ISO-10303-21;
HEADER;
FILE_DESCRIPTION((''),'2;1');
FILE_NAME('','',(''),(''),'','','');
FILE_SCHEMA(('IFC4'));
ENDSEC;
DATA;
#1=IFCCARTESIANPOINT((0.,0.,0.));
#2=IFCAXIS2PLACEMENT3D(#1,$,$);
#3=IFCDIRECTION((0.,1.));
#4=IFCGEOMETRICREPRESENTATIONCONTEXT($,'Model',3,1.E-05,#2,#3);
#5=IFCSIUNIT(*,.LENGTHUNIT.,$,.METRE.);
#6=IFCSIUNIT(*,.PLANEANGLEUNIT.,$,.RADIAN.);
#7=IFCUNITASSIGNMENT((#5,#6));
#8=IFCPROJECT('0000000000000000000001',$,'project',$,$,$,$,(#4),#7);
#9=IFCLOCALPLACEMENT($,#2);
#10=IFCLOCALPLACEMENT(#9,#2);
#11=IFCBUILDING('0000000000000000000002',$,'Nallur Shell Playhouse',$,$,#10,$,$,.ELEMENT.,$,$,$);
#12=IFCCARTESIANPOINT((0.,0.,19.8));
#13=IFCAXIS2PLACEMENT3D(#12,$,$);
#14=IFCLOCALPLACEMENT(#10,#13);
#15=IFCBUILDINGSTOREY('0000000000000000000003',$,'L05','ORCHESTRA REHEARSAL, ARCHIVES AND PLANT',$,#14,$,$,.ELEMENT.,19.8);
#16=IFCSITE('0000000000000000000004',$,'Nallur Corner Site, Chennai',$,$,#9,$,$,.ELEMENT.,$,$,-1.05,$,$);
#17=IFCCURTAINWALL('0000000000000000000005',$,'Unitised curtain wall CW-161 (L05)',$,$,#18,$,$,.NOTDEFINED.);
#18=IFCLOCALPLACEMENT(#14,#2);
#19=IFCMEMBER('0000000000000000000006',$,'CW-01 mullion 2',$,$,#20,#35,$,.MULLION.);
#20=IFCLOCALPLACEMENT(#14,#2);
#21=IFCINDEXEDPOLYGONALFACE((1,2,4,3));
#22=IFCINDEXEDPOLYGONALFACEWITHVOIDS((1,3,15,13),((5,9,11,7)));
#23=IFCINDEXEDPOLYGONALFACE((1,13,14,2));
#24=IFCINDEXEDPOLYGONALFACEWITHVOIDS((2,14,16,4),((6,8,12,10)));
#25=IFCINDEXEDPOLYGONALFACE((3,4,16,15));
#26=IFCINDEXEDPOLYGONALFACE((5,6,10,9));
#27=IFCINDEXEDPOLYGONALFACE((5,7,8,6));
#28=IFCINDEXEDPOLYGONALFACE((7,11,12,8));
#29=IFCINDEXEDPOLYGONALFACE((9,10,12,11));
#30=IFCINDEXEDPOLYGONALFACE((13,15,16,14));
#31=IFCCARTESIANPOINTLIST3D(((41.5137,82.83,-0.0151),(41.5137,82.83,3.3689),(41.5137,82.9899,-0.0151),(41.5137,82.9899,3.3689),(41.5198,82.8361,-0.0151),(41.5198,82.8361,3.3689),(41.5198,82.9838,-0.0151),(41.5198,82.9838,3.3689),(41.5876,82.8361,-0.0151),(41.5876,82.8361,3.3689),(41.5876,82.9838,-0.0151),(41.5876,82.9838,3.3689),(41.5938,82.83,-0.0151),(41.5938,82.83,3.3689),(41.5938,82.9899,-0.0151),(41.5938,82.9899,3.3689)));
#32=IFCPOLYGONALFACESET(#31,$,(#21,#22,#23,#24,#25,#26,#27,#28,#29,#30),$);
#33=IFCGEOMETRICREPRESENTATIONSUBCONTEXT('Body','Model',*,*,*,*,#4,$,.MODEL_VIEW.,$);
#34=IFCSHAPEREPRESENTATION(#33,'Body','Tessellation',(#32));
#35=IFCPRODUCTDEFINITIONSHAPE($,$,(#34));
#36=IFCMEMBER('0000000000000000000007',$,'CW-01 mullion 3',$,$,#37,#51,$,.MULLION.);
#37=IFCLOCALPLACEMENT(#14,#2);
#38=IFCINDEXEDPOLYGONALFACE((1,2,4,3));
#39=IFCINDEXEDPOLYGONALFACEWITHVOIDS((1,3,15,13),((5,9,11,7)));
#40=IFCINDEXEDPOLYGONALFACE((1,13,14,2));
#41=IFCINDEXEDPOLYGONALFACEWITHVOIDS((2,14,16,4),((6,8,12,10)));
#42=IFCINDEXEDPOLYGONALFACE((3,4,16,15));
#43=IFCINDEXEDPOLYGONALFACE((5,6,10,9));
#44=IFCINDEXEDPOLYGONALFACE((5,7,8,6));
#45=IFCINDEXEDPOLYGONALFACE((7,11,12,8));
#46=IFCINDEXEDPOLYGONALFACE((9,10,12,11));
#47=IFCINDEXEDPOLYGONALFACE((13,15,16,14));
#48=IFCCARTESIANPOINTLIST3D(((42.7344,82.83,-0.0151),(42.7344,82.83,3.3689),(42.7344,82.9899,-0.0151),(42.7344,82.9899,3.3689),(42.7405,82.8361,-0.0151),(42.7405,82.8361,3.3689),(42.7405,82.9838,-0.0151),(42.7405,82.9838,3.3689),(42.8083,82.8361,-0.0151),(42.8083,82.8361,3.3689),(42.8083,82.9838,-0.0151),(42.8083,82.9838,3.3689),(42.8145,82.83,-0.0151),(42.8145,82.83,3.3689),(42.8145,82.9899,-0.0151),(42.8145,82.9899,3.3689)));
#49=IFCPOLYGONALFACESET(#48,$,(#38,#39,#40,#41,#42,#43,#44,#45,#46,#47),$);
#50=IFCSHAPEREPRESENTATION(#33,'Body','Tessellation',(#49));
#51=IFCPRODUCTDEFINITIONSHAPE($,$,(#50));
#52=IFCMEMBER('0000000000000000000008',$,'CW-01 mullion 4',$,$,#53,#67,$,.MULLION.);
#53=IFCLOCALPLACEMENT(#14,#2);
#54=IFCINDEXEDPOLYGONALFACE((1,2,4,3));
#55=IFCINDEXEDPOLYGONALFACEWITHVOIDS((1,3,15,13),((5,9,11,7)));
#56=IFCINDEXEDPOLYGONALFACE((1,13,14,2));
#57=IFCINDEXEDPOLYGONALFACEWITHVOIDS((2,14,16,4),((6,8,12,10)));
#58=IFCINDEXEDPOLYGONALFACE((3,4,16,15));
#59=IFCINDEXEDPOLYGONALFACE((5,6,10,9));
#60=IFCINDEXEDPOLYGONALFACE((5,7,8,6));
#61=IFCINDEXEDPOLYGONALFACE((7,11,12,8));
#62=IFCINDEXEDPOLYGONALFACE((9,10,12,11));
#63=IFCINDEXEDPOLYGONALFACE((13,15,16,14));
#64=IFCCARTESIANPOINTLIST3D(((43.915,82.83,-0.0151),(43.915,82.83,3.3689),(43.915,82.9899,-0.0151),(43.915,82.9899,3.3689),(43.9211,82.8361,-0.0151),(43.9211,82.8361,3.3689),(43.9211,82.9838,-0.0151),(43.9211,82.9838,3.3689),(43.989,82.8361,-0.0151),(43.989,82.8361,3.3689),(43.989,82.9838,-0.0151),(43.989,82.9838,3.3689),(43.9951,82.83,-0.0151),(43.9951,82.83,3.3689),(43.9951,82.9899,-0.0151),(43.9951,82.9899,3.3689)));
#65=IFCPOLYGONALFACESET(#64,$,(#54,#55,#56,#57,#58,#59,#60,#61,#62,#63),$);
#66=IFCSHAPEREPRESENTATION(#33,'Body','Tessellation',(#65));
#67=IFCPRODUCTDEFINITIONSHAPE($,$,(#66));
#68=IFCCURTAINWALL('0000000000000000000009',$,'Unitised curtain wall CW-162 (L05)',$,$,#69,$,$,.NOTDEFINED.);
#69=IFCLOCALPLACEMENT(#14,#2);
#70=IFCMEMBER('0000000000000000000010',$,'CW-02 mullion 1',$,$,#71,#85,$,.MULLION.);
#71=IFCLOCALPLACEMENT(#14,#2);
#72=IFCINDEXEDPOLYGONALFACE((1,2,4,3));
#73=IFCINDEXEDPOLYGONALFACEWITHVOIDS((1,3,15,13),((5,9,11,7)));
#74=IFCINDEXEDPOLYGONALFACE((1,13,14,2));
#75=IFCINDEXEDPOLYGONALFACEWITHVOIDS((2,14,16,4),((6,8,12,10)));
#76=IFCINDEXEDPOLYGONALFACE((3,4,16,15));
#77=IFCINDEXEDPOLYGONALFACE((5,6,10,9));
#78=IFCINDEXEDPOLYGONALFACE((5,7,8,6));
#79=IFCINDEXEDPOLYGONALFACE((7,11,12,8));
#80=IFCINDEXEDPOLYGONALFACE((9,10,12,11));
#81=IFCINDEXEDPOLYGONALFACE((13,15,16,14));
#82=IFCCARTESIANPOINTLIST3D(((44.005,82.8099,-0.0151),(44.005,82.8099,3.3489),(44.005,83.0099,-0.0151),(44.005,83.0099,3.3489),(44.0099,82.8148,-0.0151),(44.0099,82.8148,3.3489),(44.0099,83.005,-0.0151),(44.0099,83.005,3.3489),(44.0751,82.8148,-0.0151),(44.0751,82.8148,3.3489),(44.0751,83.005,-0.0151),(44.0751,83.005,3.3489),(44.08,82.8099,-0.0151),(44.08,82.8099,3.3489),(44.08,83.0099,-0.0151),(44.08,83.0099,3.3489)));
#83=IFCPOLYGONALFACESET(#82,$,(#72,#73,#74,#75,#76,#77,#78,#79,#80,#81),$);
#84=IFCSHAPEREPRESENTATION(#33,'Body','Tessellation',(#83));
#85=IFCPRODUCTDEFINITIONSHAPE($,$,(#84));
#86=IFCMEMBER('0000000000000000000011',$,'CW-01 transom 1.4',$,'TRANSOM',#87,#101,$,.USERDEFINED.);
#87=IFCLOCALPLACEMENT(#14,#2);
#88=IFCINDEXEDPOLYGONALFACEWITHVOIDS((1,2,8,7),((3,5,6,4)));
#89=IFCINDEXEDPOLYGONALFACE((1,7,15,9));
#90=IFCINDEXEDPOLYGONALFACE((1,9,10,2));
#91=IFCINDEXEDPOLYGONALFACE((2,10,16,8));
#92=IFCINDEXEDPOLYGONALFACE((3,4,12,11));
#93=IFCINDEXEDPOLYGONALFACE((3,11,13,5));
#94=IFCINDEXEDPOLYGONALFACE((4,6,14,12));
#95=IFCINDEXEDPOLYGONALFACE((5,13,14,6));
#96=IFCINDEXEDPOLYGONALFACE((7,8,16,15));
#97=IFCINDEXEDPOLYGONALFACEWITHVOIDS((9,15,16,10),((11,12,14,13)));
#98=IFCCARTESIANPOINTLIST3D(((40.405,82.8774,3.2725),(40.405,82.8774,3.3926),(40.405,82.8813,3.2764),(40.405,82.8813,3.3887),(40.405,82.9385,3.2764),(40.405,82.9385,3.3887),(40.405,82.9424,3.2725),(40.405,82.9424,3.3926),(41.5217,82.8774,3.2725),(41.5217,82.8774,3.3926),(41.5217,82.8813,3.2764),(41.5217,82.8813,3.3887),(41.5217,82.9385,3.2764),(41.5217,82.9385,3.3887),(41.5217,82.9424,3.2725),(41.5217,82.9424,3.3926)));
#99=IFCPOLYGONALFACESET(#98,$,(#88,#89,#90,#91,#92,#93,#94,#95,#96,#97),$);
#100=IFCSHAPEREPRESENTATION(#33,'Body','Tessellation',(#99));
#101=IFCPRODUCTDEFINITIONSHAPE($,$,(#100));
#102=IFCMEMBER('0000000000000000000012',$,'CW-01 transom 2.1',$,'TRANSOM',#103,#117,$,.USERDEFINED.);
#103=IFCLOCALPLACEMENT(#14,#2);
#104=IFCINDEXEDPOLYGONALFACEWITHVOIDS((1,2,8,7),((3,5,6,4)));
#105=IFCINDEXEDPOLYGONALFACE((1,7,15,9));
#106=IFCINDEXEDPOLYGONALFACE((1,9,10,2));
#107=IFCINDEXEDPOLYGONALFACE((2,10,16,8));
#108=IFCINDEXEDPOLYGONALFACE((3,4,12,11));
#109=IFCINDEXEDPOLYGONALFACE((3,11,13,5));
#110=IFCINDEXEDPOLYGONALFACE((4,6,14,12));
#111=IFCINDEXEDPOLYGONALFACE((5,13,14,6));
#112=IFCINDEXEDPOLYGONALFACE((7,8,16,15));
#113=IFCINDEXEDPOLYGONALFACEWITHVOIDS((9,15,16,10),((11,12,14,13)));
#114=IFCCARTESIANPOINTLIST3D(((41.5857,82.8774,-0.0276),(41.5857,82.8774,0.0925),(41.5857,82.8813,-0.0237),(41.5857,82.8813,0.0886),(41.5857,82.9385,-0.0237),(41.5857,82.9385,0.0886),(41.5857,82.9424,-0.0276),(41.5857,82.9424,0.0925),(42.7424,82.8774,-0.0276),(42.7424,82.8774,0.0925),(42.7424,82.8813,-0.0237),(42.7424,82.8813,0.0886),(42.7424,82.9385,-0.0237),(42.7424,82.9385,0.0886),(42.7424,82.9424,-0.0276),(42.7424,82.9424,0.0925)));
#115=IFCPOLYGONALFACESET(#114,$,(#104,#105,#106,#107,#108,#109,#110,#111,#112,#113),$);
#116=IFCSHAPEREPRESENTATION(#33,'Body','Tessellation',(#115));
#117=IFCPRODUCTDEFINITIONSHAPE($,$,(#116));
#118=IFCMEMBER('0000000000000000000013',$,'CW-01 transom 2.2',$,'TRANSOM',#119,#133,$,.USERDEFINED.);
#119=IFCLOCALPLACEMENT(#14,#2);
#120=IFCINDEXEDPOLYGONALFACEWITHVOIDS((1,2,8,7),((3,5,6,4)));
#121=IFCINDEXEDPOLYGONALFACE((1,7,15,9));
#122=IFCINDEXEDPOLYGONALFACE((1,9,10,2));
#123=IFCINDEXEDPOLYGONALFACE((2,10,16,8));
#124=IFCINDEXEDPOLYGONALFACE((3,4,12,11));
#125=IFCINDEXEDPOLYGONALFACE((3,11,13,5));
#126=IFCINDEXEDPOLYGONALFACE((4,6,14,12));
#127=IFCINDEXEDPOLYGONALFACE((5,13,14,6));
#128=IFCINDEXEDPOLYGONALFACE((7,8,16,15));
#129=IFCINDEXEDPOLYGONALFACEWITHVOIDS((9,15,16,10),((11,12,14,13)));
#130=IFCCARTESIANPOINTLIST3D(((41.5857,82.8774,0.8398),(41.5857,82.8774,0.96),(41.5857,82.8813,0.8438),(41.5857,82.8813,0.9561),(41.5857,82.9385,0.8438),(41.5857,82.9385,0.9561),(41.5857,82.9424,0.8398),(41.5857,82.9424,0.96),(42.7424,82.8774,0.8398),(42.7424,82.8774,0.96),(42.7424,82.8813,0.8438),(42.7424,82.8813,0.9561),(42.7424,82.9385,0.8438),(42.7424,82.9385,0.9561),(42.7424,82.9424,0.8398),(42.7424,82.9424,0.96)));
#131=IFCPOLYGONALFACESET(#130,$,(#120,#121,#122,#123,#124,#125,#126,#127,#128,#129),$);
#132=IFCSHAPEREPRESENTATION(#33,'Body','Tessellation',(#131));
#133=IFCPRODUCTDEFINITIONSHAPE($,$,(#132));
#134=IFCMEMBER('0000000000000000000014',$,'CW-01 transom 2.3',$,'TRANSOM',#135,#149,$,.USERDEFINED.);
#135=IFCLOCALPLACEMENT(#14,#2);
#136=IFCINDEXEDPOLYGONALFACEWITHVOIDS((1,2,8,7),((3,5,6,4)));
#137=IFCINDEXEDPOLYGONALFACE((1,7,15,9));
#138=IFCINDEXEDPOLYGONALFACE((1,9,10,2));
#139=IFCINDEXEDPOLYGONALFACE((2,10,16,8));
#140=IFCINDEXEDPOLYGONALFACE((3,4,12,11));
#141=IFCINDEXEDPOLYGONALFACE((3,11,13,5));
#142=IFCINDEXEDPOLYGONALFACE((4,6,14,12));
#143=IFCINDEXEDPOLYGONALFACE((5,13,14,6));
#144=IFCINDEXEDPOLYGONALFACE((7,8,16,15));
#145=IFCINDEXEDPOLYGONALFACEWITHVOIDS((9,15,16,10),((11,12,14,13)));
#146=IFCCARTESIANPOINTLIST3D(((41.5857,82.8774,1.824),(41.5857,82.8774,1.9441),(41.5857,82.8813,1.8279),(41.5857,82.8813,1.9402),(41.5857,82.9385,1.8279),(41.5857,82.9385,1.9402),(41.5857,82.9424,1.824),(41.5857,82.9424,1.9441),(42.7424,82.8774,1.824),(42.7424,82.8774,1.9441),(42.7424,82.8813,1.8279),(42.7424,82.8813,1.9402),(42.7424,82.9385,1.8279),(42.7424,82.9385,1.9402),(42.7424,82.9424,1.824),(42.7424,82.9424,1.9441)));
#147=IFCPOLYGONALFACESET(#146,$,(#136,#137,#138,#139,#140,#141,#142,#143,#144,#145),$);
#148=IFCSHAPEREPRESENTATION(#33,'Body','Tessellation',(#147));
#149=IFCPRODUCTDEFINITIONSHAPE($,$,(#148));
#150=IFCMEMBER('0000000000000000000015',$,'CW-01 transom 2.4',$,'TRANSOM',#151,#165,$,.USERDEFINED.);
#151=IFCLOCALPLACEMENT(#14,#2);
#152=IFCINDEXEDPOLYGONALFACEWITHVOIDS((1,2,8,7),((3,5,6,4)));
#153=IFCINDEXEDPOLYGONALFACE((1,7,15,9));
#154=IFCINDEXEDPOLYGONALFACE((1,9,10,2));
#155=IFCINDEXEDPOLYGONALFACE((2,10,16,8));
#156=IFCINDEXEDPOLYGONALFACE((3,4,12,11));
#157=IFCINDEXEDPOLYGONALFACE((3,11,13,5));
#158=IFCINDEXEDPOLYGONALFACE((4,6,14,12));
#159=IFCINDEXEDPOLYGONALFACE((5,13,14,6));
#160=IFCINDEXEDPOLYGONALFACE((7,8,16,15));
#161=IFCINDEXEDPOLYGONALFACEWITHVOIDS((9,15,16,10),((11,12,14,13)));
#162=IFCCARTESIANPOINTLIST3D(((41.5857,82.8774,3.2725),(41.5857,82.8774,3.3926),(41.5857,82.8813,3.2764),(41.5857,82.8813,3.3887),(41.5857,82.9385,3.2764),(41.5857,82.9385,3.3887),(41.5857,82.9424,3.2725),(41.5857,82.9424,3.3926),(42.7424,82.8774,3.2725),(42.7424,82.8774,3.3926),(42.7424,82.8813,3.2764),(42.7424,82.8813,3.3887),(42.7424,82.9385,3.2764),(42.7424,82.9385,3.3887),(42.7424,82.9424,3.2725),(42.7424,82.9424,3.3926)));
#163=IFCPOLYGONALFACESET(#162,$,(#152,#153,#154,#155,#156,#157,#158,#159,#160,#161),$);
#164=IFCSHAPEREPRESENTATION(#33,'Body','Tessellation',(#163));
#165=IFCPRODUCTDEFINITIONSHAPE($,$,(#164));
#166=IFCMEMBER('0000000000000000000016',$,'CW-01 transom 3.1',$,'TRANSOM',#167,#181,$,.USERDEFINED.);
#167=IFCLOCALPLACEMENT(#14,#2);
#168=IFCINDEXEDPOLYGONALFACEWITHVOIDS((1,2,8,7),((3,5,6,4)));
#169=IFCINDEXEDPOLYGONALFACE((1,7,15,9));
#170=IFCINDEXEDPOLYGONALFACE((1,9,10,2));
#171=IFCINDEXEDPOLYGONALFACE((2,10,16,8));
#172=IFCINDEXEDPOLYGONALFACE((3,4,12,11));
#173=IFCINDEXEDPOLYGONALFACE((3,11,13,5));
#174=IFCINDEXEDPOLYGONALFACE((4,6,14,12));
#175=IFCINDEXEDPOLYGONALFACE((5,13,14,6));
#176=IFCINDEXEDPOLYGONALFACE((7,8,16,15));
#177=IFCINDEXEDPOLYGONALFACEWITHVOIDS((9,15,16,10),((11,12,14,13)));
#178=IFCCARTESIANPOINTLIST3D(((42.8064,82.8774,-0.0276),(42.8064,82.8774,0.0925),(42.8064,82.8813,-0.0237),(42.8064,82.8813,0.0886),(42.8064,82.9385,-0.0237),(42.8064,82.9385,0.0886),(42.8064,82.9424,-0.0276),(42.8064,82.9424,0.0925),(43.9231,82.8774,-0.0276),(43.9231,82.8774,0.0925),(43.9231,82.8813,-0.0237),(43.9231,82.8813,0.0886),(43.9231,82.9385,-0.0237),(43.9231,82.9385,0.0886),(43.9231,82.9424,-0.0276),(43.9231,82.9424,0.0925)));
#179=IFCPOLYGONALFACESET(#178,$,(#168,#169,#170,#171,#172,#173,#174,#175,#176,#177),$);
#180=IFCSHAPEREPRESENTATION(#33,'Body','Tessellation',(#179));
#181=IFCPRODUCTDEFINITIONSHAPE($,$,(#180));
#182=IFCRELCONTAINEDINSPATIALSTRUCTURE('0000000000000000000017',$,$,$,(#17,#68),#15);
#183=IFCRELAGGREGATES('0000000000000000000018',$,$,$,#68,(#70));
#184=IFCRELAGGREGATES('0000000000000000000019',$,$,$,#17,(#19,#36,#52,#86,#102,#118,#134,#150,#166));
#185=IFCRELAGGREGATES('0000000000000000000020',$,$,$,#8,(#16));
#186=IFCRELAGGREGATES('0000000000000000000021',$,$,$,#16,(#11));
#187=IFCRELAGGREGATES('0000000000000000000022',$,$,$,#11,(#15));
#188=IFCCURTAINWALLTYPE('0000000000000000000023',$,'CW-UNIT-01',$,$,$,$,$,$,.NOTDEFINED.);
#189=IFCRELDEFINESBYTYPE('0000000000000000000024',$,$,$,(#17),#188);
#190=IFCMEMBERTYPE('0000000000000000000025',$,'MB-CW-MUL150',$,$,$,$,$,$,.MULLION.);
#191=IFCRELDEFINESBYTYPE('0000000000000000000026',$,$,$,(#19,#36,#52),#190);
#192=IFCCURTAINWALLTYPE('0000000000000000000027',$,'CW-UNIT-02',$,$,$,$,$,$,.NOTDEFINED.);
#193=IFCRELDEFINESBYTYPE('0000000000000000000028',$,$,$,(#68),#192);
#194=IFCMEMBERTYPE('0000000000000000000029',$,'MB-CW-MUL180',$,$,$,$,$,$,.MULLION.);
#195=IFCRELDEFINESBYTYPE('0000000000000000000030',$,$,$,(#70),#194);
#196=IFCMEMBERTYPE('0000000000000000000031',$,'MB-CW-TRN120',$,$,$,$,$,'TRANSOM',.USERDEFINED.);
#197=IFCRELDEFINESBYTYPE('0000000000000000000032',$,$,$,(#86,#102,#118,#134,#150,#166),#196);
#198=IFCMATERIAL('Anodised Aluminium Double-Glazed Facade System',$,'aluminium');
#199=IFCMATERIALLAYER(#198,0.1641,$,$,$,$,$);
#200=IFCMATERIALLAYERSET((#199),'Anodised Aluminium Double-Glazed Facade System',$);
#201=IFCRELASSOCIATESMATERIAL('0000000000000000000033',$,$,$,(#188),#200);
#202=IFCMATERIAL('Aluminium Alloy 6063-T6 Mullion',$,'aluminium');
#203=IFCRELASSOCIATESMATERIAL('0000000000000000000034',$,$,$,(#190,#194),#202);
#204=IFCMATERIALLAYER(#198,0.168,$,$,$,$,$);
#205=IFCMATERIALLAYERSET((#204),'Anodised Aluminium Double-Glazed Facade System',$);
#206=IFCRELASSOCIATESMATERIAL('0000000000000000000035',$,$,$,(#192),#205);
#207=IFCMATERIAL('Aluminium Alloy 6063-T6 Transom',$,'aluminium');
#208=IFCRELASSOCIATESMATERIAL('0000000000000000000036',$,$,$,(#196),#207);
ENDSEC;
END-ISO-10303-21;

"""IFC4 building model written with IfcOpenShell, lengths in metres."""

from ifc_helpers import new_model, si_unit, direction, frame, origin, origin_2d, place, context, subcontext, project, spatial, hollow_rectangle, extrude, material, layer, layer_set, material_profile, profile_set, type_object, element, aggregate, save


model = new_model("IFC4")

# Units and contexts
model_context = context("Model", 3, precision=1e-05, world=origin(), true_north=direction((0.0, 1.0)))
body_context = subcontext(model_context, "Body", "Model", "MODEL_VIEW")
ifc_project = project(units=[si_unit("LENGTHUNIT", "METRE"), si_unit("PLANEANGLEUNIT", "RADIAN")], contexts=[model_context])

# Site, building, storey
site_placement = place(None, origin())
site = spatial("IfcSite", under=ifc_project, at=site_placement, Name="Nallur Corner Site, Chennai", CompositionType="ELEMENT", RefElevation=-1.05)
building_placement = place(site_placement, origin())
building = spatial("IfcBuilding", under=site, at=building_placement, Name="Nallur Shell Playhouse", CompositionType="ELEMENT")
storey_placement = place(building_placement, frame((0.0, 0.0, 19.8)))
storey = spatial("IfcBuildingStorey", under=building, at=storey_placement, Name="L05", Description="ORCHESTRA REHEARSAL, ARCHIVES AND PLANT", CompositionType="ELEMENT", Elevation=19.8)

# Curtain wall, members
ifc_material_1 = material(Name="Anodised Aluminium Double-Glazed Facade System", Category="aluminium")
ifc_layer_1 = layer(ifc_material_1, 0.1641)
ifc_layer_set_1 = layer_set([ifc_layer_1], Name="Anodised Aluminium Double-Glazed Facade System")
curtain_wall_type_1 = type_object("IfcCurtainWallType", Name="CW-UNIT-01", PredefinedType="NOTDEFINED", material=ifc_layer_set_1)
curtain_wall_1_placement = place(storey_placement, origin())
curtain_wall_1 = element("IfcCurtainWall", 1, at=curtain_wall_1_placement, inside=storey, type_object=curtain_wall_type_1, Name="Unitised curtain wall CW-161 (L05)", PredefinedType="NOTDEFINED")
ifc_material_2 = material(Name="Aluminium Alloy 6063-T6 Mullion", Category="aluminium")
ifc_material_profile_1 = material_profile(ifc_material_2, hollow_rectangle(XDim=0.0801, YDim=0.1599, WallThickness=0.0061, at=origin_2d()), Name="RHS 160x80x6")
ifc_profile_set_1 = profile_set([ifc_material_profile_1], Name="Aluminium Alloy 6063-T6 Mullion")
member_type_1 = type_object("IfcMemberType", Name="MB-CW-MUL150", PredefinedType="MULLION", material=ifc_profile_set_1)
member_1_placement = place(storey_placement, frame((41.5537, 82.9099, -0.0151), z_axis=(0.0, 0.0, 1.0), x_axis=(1.0, 0.0, 0.0)))
member_1 = element("IfcMember", 2, at=member_1_placement, type_object=member_type_1, Name="CW-01 mullion 2", PredefinedType="MULLION", context=body_context, shape_type="SweptSolid", body=[
    extrude(hollow_rectangle(XDim=0.0801, YDim=0.1599, WallThickness=0.0061, at=origin_2d()), origin(), (0.0, 0.0, 1.0), 3.384),
])
member_2_placement = place(storey_placement, frame((42.7744, 82.9099, -0.0151), z_axis=(0.0, 0.0, 1.0), x_axis=(1.0, 0.0, 0.0)))
member_2 = element("IfcMember", 3, at=member_2_placement, type_object=member_type_1, Name="CW-01 mullion 3", PredefinedType="MULLION", context=body_context, shape_type="SweptSolid", body=[
    extrude(hollow_rectangle(XDim=0.0801, YDim=0.1599, WallThickness=0.0061, at=origin_2d()), origin(), (0.0, 0.0, 1.0), 3.384),
])
member_3_placement = place(storey_placement, frame((43.9551, 82.9099, -0.0151), z_axis=(0.0, 0.0, 1.0), x_axis=(1.0, 0.0, 0.0)))
member_3 = element("IfcMember", 4, at=member_3_placement, type_object=member_type_1, Name="CW-01 mullion 4", PredefinedType="MULLION", context=body_context, shape_type="SweptSolid", body=[
    extrude(hollow_rectangle(XDim=0.0801, YDim=0.1599, WallThickness=0.0061, at=origin_2d()), origin(), (0.0, 0.0, 1.0), 3.384),
])

# Curtain wall, member
ifc_layer_2 = layer(ifc_material_1, 0.168)
ifc_layer_set_2 = layer_set([ifc_layer_2], Name="Anodised Aluminium Double-Glazed Facade System")
curtain_wall_type_2 = type_object("IfcCurtainWallType", Name="CW-UNIT-02", PredefinedType="NOTDEFINED", material=ifc_layer_set_2)
curtain_wall_2_placement = place(storey_placement, origin())
curtain_wall_2 = element("IfcCurtainWall", 5, at=curtain_wall_2_placement, inside=storey, type_object=curtain_wall_type_2, Name="Unitised curtain wall CW-162 (L05)", PredefinedType="NOTDEFINED")
ifc_material_profile_2 = material_profile(ifc_material_2, hollow_rectangle(XDim=0.075, YDim=0.2, WallThickness=0.0049, at=origin_2d()), Name="ALU 75x200x5")
ifc_profile_set_2 = profile_set([ifc_material_profile_2], Name="Aluminium Alloy 6063-T6 Mullion")
member_type_2 = type_object("IfcMemberType", Name="MB-CW-MUL180", PredefinedType="MULLION", material=ifc_profile_set_2)
member_4_placement = place(storey_placement, frame((44.0425, 82.9099, -0.0151), z_axis=(0.0, 0.0, 1.0), x_axis=(1.0, 0.0, 0.0)))
member_4 = element("IfcMember", 6, at=member_4_placement, type_object=member_type_2, Name="CW-02 mullion 1", PredefinedType="MULLION", context=body_context, shape_type="SweptSolid", body=[
    extrude(hollow_rectangle(XDim=0.075, YDim=0.2, WallThickness=0.0049, at=origin_2d()), origin(), (0.0, 0.0, 1.0), 3.364),
])

# Members
ifc_material_3 = material(Name="Aluminium Alloy 6063-T6 Transom", Category="aluminium")
ifc_material_profile_3 = material_profile(ifc_material_3, hollow_rectangle(XDim=0.0649, YDim=0.1201, WallThickness=0.0039, at=origin_2d()), Name="ALU 65x120x4")
ifc_profile_set_3 = profile_set([ifc_material_profile_3], Name="Aluminium Alloy 6063-T6 Transom")
member_type_3 = type_object("IfcMemberType", Name="MB-CW-TRN120", ElementType="TRANSOM", PredefinedType="USERDEFINED", material=ifc_profile_set_3)
member_5_placement = place(storey_placement, frame((40.405, 82.9099, 3.3325), z_axis=(1.0, 0.0, 0.0), x_axis=(0.0, 1.0, 0.0)))
member_5 = element("IfcMember", 7, at=member_5_placement, type_object=member_type_3, Name="CW-01 transom 1.4", ObjectType="TRANSOM", PredefinedType="USERDEFINED", context=body_context, shape_type="SweptSolid", body=[
    extrude(hollow_rectangle(XDim=0.0649, YDim=0.1201, WallThickness=0.0039, at=origin_2d()), origin(), (0.0, 0.0, 1.0), 1.1167),
])
member_6_placement = place(storey_placement, frame((41.5857, 82.9099, 0.0325), z_axis=(1.0, 0.0, 0.0), x_axis=(0.0, 1.0, 0.0)))
member_6 = element("IfcMember", 8, at=member_6_placement, type_object=member_type_3, Name="CW-01 transom 2.1", ObjectType="TRANSOM", PredefinedType="USERDEFINED", context=body_context, shape_type="SweptSolid", body=[
    extrude(hollow_rectangle(XDim=0.0649, YDim=0.1201, WallThickness=0.0039, at=origin_2d()), origin(), (0.0, 0.0, 1.0), 1.1567),
])
member_7_placement = place(storey_placement, frame((41.5857, 82.9099, 0.8999), z_axis=(1.0, 0.0, 0.0), x_axis=(0.0, 1.0, 0.0)))
member_7 = element("IfcMember", 9, at=member_7_placement, type_object=member_type_3, Name="CW-01 transom 2.2", ObjectType="TRANSOM", PredefinedType="USERDEFINED", context=body_context, shape_type="SweptSolid", body=[
    extrude(hollow_rectangle(XDim=0.0649, YDim=0.1201, WallThickness=0.0039, at=origin_2d()), origin(), (0.0, 0.0, 1.0), 1.1567),
])
member_8_placement = place(storey_placement, frame((41.5857, 82.9099, 1.884), z_axis=(1.0, 0.0, 0.0), x_axis=(0.0, 1.0, 0.0)))
member_8 = element("IfcMember", 10, at=member_8_placement, type_object=member_type_3, Name="CW-01 transom 2.3", ObjectType="TRANSOM", PredefinedType="USERDEFINED", context=body_context, shape_type="SweptSolid", body=[
    extrude(hollow_rectangle(XDim=0.0649, YDim=0.1201, WallThickness=0.0039, at=origin_2d()), origin(), (0.0, 0.0, 1.0), 1.1567),
])
member_9_placement = place(storey_placement, frame((41.5857, 82.9099, 3.3325), z_axis=(1.0, 0.0, 0.0), x_axis=(0.0, 1.0, 0.0)))
member_9 = element("IfcMember", 11, at=member_9_placement, type_object=member_type_3, Name="CW-01 transom 2.4", ObjectType="TRANSOM", PredefinedType="USERDEFINED", context=body_context, shape_type="SweptSolid", body=[
    extrude(hollow_rectangle(XDim=0.0649, YDim=0.1201, WallThickness=0.0039, at=origin_2d()), origin(), (0.0, 0.0, 1.0), 1.1567),
])
member_10_placement = place(storey_placement, frame((42.8064, 82.9099, 0.0325), z_axis=(1.0, 0.0, 0.0), x_axis=(0.0, 1.0, 0.0)))
member_10 = element("IfcMember", 12, at=member_10_placement, type_object=member_type_3, Name="CW-01 transom 3.1", ObjectType="TRANSOM", PredefinedType="USERDEFINED", context=body_context, shape_type="SweptSolid", body=[
    extrude(hollow_rectangle(XDim=0.0649, YDim=0.1201, WallThickness=0.0039, at=origin_2d()), origin(), (0.0, 0.0, 1.0), 1.1167),
])
aggregate(curtain_wall_2, [member_4])

aggregate(curtain_wall_1, [member_1, member_2, member_3, member_5, member_6, member_7, member_8, member_9, member_10])

save(model, "model.ifc")
